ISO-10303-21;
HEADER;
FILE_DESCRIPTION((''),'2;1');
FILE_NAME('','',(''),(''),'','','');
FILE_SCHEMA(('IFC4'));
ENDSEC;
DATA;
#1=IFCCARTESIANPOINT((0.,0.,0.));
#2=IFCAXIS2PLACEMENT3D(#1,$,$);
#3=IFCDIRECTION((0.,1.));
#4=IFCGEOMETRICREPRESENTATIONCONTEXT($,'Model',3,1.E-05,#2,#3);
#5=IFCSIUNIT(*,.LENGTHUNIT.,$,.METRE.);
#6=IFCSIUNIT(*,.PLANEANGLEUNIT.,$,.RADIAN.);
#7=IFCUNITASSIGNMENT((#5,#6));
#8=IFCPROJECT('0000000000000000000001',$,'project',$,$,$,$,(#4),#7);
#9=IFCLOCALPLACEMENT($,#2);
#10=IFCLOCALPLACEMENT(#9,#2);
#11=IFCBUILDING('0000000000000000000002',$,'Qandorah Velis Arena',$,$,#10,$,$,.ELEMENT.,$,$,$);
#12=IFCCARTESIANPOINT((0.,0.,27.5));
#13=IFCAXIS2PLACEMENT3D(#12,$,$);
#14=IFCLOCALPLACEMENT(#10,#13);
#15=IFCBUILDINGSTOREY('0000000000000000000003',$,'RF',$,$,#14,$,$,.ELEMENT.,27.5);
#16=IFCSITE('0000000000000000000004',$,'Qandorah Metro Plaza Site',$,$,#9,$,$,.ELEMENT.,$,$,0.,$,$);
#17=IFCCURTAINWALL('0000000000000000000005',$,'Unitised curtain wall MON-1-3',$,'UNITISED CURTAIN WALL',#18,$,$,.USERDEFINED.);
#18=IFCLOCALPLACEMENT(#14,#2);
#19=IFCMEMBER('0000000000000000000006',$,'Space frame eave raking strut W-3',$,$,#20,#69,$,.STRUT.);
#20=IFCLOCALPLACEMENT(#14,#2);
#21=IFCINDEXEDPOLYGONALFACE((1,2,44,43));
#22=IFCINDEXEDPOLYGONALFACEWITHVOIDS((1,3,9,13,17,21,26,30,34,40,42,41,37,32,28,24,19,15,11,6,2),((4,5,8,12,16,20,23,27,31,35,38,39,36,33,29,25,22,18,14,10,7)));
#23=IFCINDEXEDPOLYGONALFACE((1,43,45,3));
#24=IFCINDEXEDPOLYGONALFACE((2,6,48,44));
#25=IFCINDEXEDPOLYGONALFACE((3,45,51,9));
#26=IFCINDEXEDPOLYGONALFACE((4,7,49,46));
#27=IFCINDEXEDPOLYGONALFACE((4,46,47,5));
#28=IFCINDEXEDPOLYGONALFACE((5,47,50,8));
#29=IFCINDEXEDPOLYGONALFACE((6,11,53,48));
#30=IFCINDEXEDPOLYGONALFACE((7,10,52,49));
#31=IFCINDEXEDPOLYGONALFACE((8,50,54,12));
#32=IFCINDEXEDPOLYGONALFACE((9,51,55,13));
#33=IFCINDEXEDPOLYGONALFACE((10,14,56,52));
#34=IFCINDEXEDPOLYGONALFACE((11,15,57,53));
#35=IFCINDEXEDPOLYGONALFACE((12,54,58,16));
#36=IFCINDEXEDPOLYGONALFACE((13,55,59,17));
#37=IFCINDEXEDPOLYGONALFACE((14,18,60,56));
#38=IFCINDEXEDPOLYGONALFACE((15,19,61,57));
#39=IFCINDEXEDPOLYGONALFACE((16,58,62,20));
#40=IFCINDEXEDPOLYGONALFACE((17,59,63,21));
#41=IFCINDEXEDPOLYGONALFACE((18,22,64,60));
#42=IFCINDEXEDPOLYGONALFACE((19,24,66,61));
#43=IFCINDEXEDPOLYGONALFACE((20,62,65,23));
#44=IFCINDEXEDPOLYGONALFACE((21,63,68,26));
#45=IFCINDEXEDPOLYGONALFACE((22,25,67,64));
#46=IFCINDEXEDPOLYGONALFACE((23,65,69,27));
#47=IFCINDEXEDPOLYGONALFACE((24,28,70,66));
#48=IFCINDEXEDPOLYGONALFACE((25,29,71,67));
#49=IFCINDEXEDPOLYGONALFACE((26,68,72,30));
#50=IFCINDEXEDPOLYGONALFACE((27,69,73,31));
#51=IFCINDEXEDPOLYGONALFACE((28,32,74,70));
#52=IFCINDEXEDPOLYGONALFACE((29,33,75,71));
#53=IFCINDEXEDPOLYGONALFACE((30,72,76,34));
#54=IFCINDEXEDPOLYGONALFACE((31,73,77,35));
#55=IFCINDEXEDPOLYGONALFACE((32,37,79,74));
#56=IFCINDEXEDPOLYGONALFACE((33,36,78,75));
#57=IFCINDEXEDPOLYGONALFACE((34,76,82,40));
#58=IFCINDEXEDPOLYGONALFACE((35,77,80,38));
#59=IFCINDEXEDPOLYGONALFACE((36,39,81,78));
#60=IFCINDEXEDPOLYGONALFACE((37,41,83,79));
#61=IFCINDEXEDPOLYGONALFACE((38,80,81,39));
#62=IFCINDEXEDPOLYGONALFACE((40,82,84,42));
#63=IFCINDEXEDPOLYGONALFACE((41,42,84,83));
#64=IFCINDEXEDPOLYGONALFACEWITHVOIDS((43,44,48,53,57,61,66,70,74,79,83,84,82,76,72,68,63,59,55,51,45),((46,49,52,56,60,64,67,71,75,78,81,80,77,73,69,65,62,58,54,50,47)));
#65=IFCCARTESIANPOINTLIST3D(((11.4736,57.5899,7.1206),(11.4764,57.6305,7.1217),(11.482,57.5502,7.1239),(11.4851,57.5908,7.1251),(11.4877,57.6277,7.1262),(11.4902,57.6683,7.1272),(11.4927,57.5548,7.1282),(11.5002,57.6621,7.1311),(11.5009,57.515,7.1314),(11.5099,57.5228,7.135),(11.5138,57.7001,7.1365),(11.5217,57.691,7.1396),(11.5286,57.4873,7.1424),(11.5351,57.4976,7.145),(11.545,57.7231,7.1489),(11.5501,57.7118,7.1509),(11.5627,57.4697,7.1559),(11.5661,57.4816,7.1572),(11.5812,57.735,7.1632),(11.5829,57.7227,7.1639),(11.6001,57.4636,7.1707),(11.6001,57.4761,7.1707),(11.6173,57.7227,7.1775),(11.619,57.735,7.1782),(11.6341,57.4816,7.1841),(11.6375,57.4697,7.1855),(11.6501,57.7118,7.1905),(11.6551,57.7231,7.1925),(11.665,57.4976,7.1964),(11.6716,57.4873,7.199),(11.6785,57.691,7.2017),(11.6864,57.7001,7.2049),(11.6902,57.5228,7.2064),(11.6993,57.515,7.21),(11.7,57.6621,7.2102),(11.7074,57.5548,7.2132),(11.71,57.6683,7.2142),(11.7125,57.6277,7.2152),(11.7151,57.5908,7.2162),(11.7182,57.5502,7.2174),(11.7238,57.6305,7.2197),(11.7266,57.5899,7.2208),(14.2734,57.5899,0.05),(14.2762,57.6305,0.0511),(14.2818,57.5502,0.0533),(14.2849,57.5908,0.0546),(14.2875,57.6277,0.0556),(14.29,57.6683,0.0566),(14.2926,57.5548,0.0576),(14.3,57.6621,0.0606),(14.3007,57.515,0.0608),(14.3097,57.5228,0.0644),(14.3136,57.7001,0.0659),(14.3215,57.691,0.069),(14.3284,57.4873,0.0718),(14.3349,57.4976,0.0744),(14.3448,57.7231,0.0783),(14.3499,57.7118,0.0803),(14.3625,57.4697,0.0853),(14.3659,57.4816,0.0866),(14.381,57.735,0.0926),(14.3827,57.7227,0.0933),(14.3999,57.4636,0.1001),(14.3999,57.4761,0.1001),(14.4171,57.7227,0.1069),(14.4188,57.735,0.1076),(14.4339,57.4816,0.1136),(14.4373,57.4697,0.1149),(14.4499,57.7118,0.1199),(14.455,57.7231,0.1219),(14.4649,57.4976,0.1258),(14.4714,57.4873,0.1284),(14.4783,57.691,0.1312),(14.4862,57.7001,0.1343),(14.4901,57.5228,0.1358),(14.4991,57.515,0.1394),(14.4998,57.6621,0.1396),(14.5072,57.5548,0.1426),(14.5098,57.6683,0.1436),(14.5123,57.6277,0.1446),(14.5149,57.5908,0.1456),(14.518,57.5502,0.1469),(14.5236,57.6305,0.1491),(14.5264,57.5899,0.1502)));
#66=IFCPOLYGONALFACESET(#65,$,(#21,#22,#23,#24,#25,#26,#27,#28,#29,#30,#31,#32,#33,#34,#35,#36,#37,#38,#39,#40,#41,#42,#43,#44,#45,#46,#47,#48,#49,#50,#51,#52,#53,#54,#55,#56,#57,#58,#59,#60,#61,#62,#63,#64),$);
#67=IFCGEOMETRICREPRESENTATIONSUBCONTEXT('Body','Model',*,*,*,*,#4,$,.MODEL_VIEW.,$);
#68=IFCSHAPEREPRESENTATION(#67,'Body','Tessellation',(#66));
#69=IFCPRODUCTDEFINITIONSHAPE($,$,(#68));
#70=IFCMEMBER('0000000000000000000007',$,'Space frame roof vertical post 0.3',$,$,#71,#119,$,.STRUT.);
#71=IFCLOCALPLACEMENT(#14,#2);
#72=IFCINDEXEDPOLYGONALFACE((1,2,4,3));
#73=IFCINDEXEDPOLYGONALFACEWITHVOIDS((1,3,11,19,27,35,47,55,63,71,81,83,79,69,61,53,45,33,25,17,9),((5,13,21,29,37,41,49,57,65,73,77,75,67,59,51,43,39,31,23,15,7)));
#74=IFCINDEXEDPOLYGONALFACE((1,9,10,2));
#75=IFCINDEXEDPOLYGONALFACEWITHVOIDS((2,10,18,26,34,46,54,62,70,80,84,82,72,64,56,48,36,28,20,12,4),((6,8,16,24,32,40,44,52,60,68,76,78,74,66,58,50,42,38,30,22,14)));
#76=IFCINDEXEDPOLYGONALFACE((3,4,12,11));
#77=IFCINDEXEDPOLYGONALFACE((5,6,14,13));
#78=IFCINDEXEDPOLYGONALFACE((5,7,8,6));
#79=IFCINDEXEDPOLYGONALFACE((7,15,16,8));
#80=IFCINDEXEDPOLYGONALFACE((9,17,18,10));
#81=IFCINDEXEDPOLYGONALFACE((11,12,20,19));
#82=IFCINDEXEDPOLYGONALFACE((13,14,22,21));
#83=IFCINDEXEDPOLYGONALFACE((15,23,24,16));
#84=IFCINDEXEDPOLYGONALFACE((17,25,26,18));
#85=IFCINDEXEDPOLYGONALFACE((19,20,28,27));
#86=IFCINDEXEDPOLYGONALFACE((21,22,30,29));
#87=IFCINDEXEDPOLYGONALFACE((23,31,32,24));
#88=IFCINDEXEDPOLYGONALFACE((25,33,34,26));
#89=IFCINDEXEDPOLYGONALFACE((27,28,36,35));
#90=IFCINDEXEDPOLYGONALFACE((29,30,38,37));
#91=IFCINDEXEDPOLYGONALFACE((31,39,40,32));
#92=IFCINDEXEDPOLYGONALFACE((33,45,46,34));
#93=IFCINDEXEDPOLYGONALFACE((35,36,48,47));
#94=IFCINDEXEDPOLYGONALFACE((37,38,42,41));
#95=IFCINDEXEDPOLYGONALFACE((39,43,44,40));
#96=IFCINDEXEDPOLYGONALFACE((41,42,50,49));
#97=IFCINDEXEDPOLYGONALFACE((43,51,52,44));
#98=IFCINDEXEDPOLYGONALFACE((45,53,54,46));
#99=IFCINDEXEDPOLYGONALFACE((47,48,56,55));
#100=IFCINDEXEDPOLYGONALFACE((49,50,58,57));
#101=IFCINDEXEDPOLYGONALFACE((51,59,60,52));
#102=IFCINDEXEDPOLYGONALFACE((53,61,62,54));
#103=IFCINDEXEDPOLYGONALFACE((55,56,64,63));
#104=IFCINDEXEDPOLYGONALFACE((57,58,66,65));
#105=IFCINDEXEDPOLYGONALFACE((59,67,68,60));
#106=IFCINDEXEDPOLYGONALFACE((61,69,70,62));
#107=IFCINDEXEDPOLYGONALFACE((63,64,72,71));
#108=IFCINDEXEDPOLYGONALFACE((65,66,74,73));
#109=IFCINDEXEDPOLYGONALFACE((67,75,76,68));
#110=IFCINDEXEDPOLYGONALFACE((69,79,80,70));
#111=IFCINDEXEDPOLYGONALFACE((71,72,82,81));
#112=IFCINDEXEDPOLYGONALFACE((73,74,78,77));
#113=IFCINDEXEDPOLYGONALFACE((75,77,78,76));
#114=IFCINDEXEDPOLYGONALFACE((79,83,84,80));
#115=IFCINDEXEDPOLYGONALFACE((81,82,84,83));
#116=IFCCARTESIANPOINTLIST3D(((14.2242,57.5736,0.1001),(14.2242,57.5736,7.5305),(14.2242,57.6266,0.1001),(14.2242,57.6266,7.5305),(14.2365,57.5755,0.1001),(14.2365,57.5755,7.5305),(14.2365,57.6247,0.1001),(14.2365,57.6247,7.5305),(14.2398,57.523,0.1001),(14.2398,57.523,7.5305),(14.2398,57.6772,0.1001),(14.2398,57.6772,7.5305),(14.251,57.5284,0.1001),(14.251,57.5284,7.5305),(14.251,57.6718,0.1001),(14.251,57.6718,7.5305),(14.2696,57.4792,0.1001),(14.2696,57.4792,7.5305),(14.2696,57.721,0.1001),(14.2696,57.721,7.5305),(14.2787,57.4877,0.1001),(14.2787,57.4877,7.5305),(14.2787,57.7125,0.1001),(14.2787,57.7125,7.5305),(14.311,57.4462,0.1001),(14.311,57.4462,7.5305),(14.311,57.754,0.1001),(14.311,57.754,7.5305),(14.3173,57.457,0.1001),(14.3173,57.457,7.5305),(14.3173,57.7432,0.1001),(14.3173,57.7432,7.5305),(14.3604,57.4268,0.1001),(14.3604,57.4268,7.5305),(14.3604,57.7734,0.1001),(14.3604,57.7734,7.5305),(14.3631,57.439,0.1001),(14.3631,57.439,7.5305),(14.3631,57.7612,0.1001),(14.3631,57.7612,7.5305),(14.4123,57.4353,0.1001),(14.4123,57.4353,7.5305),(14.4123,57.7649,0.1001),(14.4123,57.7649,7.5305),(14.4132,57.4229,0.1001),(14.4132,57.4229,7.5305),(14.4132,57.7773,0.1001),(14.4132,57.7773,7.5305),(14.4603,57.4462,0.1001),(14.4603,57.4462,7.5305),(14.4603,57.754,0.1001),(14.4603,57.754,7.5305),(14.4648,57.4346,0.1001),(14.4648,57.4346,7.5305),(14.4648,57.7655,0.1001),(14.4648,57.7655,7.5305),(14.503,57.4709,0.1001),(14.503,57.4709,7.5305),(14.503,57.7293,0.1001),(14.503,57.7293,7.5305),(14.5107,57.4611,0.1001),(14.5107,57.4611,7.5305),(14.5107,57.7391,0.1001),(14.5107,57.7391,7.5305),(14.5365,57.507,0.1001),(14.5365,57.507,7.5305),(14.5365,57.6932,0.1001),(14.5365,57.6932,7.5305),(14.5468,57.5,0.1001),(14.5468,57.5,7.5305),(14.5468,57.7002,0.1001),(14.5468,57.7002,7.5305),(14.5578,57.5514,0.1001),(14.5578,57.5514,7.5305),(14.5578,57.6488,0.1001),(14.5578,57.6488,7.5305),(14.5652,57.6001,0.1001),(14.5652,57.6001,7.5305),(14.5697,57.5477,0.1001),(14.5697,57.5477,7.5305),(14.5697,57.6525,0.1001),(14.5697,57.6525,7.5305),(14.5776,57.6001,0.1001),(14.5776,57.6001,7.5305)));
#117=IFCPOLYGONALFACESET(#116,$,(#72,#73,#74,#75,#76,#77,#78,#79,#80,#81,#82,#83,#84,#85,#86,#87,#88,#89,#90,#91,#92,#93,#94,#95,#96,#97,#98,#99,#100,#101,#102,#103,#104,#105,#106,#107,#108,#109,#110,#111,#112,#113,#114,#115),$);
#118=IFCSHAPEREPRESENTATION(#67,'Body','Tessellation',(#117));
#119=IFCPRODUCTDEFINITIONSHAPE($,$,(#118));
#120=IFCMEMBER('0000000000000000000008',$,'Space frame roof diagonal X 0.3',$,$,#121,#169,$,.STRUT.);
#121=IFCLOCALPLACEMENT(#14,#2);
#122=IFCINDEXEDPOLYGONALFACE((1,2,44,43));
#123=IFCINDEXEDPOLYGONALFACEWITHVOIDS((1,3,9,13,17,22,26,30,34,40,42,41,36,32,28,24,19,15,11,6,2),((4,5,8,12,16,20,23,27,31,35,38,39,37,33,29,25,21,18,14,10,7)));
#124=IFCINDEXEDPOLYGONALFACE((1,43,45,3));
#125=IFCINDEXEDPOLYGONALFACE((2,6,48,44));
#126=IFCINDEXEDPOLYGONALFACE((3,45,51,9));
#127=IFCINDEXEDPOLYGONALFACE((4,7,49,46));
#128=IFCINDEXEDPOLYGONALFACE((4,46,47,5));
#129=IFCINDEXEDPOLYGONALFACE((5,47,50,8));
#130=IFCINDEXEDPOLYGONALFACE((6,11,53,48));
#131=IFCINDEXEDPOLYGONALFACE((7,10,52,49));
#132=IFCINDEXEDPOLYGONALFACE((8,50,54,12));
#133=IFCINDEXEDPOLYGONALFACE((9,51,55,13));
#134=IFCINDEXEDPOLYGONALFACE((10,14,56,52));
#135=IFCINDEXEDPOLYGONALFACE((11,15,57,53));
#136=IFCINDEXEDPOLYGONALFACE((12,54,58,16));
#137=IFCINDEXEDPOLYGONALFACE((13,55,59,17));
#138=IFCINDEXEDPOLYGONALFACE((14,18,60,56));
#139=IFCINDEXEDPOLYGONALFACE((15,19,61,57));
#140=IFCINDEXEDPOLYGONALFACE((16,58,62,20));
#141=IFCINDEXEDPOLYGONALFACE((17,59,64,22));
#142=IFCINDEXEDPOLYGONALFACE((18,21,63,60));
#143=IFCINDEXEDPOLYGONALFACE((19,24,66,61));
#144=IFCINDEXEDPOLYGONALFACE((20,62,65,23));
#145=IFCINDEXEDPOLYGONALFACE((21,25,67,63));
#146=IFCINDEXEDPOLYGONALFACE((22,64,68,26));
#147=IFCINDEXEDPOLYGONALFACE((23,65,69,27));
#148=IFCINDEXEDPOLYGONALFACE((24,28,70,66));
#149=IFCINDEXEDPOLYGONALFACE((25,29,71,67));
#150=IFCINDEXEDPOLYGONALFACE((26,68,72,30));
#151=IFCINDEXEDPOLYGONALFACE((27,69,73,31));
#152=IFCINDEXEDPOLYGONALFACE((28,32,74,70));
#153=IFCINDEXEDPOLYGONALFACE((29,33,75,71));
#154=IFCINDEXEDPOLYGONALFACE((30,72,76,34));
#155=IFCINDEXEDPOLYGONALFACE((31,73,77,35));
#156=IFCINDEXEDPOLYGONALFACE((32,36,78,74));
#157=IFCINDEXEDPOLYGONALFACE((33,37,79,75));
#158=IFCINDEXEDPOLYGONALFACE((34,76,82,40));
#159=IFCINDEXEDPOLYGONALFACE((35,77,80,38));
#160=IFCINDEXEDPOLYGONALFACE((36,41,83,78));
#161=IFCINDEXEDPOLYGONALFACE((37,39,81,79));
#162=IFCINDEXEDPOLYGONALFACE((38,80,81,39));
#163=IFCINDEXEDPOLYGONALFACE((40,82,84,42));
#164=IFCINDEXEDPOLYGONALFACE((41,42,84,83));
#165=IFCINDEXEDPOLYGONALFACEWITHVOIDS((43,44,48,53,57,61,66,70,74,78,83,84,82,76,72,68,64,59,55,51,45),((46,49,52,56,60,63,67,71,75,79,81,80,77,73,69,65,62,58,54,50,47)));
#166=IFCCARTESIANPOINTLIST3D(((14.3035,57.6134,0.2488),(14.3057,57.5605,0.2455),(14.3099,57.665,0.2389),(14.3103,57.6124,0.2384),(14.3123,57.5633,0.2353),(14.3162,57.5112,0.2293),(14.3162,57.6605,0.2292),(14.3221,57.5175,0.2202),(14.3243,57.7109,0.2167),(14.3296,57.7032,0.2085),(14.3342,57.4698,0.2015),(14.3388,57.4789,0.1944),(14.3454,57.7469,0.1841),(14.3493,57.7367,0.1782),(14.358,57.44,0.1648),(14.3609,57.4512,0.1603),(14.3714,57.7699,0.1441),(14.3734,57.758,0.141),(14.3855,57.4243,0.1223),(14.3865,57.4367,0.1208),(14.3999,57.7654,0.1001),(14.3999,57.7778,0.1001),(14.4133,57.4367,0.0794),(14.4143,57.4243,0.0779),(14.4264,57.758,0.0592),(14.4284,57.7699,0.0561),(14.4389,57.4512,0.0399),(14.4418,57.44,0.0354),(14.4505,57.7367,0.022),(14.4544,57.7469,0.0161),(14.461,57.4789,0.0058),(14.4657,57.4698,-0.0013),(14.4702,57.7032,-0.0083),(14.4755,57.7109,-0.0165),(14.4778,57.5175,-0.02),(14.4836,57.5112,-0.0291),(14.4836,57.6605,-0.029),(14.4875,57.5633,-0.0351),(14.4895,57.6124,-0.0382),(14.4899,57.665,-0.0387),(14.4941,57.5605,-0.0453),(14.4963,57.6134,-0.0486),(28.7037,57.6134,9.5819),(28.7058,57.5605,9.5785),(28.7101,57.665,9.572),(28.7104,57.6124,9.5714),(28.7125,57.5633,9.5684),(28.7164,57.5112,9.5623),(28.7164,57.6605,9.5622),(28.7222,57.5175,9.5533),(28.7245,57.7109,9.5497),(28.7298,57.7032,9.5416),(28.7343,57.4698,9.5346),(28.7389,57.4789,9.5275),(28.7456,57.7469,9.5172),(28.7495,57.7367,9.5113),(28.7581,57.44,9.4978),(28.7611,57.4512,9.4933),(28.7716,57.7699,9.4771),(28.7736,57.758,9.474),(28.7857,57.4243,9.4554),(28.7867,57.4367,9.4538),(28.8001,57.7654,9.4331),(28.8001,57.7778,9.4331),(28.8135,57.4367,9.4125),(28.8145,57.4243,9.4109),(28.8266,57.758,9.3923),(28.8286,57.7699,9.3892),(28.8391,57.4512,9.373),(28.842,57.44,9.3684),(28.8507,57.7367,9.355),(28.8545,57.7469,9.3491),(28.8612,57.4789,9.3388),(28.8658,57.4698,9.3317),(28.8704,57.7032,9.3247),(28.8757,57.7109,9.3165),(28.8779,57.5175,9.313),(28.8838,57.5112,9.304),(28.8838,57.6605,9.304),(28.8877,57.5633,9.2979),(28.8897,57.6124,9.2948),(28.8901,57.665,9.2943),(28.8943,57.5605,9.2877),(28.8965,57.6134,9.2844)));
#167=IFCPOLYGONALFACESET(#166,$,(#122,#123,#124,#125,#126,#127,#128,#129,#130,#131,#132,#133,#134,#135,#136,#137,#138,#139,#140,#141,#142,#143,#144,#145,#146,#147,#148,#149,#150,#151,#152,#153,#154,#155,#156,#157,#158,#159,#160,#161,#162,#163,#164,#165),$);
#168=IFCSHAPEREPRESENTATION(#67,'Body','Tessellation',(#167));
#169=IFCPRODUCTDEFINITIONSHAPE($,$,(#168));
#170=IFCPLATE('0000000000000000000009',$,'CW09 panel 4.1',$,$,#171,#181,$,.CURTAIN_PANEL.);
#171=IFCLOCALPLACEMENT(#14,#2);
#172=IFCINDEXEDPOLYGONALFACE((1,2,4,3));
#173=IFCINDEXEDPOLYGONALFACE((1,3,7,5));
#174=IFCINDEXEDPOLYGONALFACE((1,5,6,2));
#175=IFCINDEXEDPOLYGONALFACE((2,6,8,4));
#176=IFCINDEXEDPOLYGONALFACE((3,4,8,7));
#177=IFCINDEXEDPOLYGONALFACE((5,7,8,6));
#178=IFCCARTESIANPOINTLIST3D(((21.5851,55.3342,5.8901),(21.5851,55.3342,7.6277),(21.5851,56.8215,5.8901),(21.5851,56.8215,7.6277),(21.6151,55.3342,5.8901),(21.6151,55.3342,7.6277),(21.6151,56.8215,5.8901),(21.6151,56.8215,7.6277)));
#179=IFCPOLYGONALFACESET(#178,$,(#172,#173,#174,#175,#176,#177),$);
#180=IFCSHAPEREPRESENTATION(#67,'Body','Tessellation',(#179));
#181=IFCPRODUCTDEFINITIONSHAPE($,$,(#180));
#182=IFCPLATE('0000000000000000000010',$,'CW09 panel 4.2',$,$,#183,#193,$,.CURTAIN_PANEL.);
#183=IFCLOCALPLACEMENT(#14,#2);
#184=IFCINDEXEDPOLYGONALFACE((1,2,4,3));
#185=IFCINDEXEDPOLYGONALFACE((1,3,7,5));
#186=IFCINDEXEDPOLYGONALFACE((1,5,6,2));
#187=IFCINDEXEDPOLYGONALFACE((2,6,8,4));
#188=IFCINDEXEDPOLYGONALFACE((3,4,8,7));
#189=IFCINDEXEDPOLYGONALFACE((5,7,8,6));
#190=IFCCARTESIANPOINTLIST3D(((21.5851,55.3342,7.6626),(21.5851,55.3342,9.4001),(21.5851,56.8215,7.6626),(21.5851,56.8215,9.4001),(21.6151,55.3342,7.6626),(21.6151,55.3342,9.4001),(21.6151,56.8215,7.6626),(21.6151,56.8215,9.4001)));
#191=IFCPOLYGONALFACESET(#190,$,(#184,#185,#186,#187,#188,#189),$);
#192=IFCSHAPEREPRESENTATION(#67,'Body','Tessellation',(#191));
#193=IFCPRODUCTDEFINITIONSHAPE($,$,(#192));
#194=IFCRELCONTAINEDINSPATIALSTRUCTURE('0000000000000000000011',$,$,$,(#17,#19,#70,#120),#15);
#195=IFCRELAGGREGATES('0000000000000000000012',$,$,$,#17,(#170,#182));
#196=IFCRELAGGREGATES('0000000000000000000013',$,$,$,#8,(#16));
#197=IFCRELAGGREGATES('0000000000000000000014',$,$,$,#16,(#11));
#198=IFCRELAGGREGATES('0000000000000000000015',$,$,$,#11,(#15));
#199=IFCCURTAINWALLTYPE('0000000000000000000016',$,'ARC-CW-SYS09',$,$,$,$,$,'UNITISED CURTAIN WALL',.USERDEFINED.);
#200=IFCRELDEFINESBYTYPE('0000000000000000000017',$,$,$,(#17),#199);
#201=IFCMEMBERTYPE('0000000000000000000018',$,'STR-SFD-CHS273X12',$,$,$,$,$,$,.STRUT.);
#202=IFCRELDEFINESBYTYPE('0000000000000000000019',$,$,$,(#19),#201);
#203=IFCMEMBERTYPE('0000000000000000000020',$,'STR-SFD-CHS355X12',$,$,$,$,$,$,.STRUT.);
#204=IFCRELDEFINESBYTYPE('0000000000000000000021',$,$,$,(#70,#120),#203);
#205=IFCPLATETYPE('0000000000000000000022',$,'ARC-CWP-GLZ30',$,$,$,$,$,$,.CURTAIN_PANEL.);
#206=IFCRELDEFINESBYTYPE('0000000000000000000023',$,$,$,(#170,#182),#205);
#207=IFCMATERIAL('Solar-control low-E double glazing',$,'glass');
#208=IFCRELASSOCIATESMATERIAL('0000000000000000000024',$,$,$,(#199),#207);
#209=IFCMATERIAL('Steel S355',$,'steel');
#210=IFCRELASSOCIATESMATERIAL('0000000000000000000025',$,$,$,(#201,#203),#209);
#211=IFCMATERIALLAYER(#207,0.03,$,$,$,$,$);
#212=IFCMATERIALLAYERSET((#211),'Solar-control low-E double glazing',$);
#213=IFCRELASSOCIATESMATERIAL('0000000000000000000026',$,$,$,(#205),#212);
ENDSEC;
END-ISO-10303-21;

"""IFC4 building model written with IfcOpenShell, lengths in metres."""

from ifc_helpers import new_model, si_unit, direction, frame, origin, origin_2d, place, context, subcontext, project, spatial, rectangle, hollow_circle, extrude, material, layer, layer_set, material_profile, profile_set, type_object, element, aggregate, save


model = new_model("IFC4")

# Units and contexts
model_context = context("Model", 3, precision=1e-05, world=origin(), true_north=direction((0.0, 1.0)))
body_context = subcontext(model_context, "Body", "Model", "MODEL_VIEW")
ifc_project = project(units=[si_unit("LENGTHUNIT", "METRE"), si_unit("PLANEANGLEUNIT", "RADIAN")], contexts=[model_context])

# Site, building, storey
site_placement = place(None, origin())
site = spatial("IfcSite", under=ifc_project, at=site_placement, Name="Qandorah Metro Plaza Site", CompositionType="ELEMENT", RefElevation=0.0)
building_placement = place(site_placement, origin())
building = spatial("IfcBuilding", under=site, at=building_placement, Name="Qandorah Velis Arena", CompositionType="ELEMENT")
storey_placement = place(building_placement, frame((0.0, 0.0, 27.5)))
storey = spatial("IfcBuildingStorey", under=building, at=storey_placement, Name="RF", CompositionType="ELEMENT", Elevation=27.5)

# Curtain wall
ifc_material_1 = material(Name="Solar-control low-E double glazing", Category="glass")
curtain_wall_type_1 = type_object("IfcCurtainWallType", Name="ARC-CW-SYS09", ElementType="UNITISED CURTAIN WALL", PredefinedType="USERDEFINED", material=ifc_material_1)
curtain_wall_1_placement = place(storey_placement, origin())
curtain_wall_1 = element("IfcCurtainWall", 1, at=curtain_wall_1_placement, inside=storey, type_object=curtain_wall_type_1, Name="Unitised curtain wall MON-1-3", ObjectType="UNITISED CURTAIN WALL", PredefinedType="USERDEFINED")

# Shared definitions
ifc_material_2 = material(Name="Steel S355", Category="steel")

# Members
ifc_material_profile_1 = material_profile(ifc_material_2, hollow_circle(Radius=0.1365, WallThickness=0.0125, at=origin_2d()), Name="CHS 273x12.5")
ifc_profile_set_1 = profile_set([ifc_material_profile_1], Name="Steel S355")
member_type_1 = type_object("IfcMemberType", Name="STR-SFD-CHS273X12", PredefinedType="STRUT", material=ifc_profile_set_1)
member_1_placement = place(storey_placement, frame((14.3999, 57.6001, 0.1001), z_axis=(-0.368167, 0.0, 0.92976), x_axis=(0.0, -1.0, 0.0)))
element("IfcMember", 2, at=member_1_placement, inside=storey, type_object=member_type_1, Name="Space frame eave raking strut W-3", PredefinedType="STRUT", context=body_context, shape_type="SweptSolid", body=[
    extrude(hollow_circle(Radius=0.1365, WallThickness=0.0125, at=origin_2d()), origin(), (0.0, 0.0, 1.0), 7.6047),
])
ifc_material_profile_2 = material_profile(ifc_material_2, hollow_circle(Radius=0.1777, WallThickness=0.0125, at=origin_2d()), Name="CHS 355.6x12.5")
ifc_profile_set_2 = profile_set([ifc_material_profile_2], Name="Steel S355")
member_type_2 = type_object("IfcMemberType", Name="STR-SFD-CHS355X12", PredefinedType="STRUT", material=ifc_profile_set_2)
member_2_placement = place(storey_placement, frame((14.3999, 57.6001, 0.1001), z_axis=(0.0, 0.0, 1.0), x_axis=(1.0, 0.0, 0.0)))
element("IfcMember", 3, at=member_2_placement, inside=storey, type_object=member_type_2, Name="Space frame roof vertical post 0.3", PredefinedType="STRUT", context=body_context, shape_type="SweptSolid", body=[
    extrude(hollow_circle(Radius=0.1777, WallThickness=0.0125, at=origin_2d()), origin(), (0.0, 0.0, 1.0), 7.4304),
])
member_3_placement = place(storey_placement, frame((14.3999, 57.6001, 0.1001), z_axis=(0.839164, 0.0, 0.543878), x_axis=(0.0, 1.0, 0.0)))
element("IfcMember", 4, at=member_3_placement, inside=storey, type_object=member_type_2, Name="Space frame roof diagonal X 0.3", PredefinedType="STRUT", context=body_context, shape_type="SweptSolid", body=[
    extrude(hollow_circle(Radius=0.1777, WallThickness=0.0125, at=origin_2d()), origin(), (0.0, 0.0, 1.0), 17.1602),
])

# Plates
ifc_layer_1 = layer(ifc_material_1, 0.03)
ifc_layer_set_1 = layer_set([ifc_layer_1], Name="Solar-control low-E double glazing")
plate_type_1 = type_object("IfcPlateType", Name="ARC-CWP-GLZ30", PredefinedType="CURTAIN_PANEL", material=ifc_layer_set_1)
plate_1_placement = place(storey_placement, frame((21.6001, 56.0779, 5.8901), z_axis=(0.0, 0.0, 1.0), x_axis=(0.0, 1.0, 0.0)))
plate_1 = element("IfcPlate", 5, at=plate_1_placement, type_object=plate_type_1, Name="CW09 panel 4.1", PredefinedType="CURTAIN_PANEL", context=body_context, shape_type="SweptSolid", body=[
    extrude(rectangle(XDim=1.4873, YDim=0.03, at=origin_2d()), origin(), (0.0, 0.0, 1.0), 1.7375),
])
plate_2_placement = place(storey_placement, frame((21.6001, 56.0779, 7.6626), z_axis=(0.0, 0.0, 1.0), x_axis=(0.0, 1.0, 0.0)))
plate_2 = element("IfcPlate", 6, at=plate_2_placement, type_object=plate_type_1, Name="CW09 panel 4.2", PredefinedType="CURTAIN_PANEL", context=body_context, shape_type="SweptSolid", body=[
    extrude(rectangle(XDim=1.4873, YDim=0.03, at=origin_2d()), origin(), (0.0, 0.0, 1.0), 1.7375),
])
aggregate(curtain_wall_1, [plate_1, plate_2])

save(model, "model.ifc")
